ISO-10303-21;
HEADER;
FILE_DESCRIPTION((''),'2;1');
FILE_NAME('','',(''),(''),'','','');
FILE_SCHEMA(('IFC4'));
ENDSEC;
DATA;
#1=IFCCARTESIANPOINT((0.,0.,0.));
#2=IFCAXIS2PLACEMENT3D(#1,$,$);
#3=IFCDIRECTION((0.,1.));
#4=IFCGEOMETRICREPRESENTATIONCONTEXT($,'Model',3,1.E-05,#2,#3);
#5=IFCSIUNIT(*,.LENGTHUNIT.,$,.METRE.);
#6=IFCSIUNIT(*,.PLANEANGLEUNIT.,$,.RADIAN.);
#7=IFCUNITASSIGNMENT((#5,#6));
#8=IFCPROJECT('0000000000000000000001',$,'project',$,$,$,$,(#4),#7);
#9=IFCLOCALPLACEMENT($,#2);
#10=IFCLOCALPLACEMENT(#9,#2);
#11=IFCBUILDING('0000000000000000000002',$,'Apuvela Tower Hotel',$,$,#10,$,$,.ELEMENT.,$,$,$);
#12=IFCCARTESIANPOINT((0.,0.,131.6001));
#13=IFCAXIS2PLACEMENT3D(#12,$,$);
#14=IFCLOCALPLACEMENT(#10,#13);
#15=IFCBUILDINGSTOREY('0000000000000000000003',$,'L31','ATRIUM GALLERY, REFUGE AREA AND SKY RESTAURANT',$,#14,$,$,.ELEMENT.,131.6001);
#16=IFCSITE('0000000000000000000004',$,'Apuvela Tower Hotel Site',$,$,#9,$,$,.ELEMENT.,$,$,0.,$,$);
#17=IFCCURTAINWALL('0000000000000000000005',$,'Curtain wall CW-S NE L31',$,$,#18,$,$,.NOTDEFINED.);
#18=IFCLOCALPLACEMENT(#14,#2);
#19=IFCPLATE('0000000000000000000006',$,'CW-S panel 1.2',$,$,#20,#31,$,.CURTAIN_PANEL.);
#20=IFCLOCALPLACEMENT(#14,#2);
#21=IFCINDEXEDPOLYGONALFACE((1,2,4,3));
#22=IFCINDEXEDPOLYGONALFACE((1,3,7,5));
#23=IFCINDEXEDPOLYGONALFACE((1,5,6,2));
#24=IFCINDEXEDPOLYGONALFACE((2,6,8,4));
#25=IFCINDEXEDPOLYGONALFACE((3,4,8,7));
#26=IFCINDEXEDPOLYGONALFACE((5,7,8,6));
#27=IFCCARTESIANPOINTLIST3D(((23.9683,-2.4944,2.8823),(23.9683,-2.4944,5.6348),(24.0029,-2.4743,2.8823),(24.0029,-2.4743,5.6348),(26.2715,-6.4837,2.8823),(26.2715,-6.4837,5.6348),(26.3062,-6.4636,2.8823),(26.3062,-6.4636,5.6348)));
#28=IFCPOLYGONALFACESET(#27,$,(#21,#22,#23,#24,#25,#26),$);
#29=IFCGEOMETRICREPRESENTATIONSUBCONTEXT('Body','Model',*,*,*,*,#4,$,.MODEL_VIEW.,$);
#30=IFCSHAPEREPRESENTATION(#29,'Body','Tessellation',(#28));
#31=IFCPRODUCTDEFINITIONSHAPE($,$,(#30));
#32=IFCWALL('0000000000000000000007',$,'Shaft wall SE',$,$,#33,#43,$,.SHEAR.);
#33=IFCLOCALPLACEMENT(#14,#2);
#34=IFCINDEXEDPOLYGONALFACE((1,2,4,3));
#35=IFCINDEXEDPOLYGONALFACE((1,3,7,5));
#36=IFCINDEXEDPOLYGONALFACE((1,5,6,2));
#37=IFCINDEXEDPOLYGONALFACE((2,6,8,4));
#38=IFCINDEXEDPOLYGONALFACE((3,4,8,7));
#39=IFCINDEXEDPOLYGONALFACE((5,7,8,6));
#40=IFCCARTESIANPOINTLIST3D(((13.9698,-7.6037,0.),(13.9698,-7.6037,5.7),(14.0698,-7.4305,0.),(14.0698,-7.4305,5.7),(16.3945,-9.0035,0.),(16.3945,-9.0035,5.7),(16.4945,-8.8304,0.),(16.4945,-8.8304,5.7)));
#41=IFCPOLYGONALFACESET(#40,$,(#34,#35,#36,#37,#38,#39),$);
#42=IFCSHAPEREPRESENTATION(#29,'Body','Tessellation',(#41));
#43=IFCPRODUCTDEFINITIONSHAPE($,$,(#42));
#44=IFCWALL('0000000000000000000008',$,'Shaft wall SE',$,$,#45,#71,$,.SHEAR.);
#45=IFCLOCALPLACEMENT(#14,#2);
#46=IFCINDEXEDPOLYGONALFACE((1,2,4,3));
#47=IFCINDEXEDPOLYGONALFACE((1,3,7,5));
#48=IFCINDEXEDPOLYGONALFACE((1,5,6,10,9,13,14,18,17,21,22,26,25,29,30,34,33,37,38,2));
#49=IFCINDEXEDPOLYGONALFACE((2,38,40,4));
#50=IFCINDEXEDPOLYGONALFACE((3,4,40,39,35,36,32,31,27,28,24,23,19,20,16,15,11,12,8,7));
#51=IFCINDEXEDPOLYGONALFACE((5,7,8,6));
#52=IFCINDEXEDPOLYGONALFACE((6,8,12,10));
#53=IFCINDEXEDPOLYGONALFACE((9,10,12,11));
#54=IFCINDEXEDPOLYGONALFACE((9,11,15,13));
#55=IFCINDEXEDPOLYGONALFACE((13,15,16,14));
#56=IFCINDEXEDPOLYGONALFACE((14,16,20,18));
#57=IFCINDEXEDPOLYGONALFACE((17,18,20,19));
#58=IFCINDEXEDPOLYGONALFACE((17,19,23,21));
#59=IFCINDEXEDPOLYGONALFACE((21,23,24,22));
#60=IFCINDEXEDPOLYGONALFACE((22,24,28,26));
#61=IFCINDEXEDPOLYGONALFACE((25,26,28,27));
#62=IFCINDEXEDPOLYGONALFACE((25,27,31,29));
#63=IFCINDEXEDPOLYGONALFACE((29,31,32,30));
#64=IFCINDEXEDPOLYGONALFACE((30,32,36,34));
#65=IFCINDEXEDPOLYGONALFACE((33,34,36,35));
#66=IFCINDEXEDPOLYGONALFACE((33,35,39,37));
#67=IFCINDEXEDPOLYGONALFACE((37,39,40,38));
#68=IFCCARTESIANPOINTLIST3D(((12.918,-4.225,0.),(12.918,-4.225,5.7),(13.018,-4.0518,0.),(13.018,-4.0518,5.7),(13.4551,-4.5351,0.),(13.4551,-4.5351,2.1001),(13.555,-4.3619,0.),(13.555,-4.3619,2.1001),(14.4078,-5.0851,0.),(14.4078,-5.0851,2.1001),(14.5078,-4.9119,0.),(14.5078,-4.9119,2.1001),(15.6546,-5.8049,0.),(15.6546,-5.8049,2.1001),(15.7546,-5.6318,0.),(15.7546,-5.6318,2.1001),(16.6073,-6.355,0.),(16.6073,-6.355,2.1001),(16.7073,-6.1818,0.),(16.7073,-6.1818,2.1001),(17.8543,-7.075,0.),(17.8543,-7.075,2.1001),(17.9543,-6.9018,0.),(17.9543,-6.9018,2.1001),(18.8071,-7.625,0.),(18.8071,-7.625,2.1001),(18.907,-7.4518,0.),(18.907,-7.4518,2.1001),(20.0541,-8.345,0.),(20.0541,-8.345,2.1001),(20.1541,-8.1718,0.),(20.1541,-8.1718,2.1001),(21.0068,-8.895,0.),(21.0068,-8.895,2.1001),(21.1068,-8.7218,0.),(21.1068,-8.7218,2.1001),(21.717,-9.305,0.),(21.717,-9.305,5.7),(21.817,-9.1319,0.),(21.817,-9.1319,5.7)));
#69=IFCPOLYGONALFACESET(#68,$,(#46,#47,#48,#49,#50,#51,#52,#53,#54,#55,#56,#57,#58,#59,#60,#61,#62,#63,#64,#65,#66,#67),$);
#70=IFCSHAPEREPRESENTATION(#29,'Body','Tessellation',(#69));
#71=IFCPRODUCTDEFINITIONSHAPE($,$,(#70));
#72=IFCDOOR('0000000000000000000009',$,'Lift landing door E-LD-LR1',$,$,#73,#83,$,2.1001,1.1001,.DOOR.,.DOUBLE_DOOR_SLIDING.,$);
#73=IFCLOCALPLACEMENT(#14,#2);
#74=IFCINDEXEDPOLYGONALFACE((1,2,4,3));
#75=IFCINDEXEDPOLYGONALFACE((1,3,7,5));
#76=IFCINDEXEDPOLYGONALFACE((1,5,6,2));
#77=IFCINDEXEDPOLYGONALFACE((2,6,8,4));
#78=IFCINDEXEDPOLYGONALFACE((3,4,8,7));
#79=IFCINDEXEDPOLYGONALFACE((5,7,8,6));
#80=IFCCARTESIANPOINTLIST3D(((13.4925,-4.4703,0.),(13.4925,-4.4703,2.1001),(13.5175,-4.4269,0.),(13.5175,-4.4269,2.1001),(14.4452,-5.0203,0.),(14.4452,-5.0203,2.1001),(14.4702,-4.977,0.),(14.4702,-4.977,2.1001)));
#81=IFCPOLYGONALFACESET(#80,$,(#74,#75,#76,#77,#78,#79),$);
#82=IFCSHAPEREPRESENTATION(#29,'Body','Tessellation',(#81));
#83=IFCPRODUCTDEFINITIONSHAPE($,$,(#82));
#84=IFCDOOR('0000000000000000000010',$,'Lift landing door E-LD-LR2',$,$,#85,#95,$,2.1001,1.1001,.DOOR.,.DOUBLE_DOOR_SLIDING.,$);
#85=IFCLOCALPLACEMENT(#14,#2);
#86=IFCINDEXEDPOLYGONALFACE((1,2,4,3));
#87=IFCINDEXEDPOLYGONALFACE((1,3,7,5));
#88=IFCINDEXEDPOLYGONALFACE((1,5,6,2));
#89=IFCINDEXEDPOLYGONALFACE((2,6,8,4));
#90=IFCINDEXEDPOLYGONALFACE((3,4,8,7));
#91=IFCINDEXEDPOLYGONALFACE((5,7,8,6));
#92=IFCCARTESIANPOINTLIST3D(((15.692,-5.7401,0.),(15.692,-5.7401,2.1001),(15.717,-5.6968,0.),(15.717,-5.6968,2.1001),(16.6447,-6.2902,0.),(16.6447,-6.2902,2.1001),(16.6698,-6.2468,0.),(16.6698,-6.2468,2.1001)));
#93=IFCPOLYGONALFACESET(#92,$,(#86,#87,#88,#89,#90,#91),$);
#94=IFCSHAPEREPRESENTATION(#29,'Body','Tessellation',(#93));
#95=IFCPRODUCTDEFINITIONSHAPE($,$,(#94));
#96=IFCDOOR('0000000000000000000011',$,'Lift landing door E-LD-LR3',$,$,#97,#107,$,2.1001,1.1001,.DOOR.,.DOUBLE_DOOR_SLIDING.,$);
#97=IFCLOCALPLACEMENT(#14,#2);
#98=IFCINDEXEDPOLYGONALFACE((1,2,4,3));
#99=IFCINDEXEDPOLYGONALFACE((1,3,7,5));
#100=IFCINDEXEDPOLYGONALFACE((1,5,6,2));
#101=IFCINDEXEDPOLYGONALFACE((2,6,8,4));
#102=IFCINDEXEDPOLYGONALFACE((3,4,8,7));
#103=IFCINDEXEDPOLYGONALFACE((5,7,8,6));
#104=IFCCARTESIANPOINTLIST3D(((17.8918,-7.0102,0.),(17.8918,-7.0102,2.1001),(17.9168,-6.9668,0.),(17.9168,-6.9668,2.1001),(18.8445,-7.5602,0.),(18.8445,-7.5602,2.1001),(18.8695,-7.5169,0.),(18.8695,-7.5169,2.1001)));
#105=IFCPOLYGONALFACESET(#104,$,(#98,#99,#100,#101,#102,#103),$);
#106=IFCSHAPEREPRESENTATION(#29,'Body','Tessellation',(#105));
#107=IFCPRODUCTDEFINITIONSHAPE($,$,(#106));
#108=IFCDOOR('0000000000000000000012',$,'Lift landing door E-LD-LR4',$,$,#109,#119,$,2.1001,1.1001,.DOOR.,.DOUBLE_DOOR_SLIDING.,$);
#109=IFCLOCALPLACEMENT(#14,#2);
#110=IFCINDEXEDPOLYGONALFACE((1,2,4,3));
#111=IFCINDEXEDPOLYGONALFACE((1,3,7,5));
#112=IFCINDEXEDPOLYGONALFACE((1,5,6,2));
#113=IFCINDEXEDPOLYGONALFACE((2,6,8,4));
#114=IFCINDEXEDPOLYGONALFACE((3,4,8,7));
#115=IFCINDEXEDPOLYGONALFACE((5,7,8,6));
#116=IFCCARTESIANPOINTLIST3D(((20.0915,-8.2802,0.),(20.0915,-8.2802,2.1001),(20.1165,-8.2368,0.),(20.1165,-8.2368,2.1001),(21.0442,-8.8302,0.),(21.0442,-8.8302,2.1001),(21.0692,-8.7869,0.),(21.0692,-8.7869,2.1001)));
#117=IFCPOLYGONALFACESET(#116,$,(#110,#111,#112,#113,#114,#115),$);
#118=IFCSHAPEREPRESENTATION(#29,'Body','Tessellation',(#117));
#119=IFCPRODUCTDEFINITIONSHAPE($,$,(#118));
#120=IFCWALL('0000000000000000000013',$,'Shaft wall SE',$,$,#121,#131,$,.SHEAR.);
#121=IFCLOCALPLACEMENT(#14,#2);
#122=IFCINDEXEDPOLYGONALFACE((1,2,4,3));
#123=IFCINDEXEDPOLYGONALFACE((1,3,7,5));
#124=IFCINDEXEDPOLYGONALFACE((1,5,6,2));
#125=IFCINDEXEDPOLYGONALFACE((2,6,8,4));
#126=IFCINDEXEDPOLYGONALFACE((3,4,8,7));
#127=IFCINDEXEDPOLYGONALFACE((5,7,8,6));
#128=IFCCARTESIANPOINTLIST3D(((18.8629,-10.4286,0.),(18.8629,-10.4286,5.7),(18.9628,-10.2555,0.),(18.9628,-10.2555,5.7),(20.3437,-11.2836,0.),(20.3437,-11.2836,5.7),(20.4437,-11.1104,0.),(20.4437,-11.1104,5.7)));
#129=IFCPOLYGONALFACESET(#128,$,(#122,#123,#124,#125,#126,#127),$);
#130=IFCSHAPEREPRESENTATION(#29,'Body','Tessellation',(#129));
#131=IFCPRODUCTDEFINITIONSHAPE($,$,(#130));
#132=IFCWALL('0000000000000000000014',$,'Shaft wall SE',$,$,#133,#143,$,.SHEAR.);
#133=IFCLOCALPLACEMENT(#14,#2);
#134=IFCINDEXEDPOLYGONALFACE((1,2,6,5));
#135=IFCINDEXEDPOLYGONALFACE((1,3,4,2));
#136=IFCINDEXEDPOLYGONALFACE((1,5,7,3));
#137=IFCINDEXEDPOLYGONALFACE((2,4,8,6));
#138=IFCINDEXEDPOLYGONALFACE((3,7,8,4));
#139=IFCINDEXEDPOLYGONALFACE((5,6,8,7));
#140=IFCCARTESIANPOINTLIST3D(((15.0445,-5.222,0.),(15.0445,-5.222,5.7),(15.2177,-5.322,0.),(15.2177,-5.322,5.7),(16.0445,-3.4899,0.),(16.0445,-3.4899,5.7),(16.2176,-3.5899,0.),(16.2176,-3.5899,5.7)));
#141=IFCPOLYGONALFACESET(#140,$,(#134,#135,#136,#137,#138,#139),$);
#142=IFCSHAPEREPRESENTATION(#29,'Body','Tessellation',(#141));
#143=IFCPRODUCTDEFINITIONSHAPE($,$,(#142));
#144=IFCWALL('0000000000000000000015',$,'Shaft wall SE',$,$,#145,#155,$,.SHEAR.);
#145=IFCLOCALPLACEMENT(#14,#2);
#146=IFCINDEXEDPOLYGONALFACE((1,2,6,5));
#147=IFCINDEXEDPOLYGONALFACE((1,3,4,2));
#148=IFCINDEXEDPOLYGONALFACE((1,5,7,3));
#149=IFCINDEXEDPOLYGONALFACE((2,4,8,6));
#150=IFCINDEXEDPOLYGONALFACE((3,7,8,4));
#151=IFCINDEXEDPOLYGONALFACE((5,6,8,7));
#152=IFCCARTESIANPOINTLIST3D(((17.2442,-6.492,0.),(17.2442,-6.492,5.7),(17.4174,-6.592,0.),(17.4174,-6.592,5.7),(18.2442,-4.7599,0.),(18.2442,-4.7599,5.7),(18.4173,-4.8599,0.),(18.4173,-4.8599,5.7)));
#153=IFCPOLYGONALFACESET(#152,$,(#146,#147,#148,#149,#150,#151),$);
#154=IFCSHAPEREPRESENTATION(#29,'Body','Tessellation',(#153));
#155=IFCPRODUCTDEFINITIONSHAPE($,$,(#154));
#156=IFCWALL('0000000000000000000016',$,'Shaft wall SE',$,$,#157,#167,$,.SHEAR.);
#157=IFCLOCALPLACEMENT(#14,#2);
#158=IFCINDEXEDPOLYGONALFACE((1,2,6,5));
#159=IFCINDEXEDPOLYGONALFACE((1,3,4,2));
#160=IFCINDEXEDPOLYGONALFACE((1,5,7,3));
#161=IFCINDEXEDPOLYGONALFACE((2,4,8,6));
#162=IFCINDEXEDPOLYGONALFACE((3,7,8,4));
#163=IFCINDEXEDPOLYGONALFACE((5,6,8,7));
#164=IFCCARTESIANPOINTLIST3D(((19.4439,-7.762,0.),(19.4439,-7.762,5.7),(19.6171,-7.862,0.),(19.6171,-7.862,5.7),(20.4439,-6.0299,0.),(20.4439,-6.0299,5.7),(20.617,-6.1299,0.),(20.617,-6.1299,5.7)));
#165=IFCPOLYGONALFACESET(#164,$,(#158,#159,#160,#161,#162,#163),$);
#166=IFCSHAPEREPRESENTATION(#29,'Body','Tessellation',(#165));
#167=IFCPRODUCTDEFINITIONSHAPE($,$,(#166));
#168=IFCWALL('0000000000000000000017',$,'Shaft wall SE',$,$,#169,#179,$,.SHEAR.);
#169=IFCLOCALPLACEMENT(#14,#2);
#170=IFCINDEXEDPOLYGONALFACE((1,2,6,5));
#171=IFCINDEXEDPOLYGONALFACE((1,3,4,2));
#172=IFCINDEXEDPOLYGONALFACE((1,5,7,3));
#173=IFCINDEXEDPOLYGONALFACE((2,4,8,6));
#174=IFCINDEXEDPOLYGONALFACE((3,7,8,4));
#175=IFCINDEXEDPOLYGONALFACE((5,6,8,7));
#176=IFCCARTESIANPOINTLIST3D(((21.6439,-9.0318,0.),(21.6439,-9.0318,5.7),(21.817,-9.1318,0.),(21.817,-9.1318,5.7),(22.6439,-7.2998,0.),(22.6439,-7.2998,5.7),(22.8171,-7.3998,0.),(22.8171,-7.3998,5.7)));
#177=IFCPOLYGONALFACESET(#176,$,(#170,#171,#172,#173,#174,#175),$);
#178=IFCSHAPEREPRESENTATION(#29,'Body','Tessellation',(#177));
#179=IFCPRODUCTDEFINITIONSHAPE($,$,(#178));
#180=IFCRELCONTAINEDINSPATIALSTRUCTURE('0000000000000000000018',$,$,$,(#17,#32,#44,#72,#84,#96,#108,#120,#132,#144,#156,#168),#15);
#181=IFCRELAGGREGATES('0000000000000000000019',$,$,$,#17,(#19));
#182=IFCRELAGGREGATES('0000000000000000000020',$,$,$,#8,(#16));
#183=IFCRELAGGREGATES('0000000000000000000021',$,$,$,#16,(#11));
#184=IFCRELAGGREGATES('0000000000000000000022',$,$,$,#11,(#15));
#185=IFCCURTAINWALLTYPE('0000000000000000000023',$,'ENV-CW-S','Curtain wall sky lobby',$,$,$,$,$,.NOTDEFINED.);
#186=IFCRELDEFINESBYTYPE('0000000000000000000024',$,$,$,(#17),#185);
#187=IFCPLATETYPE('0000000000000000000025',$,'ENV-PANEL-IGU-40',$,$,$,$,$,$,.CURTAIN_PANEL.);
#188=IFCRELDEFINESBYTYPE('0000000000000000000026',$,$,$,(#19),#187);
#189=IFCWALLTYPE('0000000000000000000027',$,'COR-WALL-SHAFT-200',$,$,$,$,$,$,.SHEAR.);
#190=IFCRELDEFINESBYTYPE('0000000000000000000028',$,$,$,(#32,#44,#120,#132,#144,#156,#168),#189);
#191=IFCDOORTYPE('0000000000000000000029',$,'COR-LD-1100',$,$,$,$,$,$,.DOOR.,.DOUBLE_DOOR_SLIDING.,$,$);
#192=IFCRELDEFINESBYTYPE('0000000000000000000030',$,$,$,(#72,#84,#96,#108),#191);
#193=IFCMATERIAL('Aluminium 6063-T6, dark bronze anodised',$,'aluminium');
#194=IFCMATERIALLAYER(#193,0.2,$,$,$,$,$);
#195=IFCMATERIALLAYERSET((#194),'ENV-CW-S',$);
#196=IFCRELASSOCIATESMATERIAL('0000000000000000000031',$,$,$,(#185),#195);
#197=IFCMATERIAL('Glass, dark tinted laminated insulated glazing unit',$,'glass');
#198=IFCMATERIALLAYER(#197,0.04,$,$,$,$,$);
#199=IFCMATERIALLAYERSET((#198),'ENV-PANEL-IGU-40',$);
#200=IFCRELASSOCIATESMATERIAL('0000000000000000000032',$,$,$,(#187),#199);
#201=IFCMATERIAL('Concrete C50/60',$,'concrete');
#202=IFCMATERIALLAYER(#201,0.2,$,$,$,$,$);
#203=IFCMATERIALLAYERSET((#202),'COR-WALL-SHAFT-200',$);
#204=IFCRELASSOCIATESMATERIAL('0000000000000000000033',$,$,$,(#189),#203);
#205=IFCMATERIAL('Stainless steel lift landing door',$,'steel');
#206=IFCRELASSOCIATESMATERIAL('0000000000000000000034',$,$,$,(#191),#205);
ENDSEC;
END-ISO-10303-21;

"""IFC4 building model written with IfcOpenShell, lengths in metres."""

from ifc_helpers import new_model, si_unit, direction, frame, frame_2d, origin, origin_2d, place, context, subcontext, project, spatial, rectangle, extrude, material, layer, layer_set, type_object, element, fill, aggregate, save


model = new_model("IFC4")

# Units and contexts
model_context = context("Model", 3, precision=1e-05, world=origin(), true_north=direction((0.0, 1.0)))
body_context = subcontext(model_context, "Body", "Model", "MODEL_VIEW")
ifc_project = project(units=[si_unit("LENGTHUNIT", "METRE"), si_unit("PLANEANGLEUNIT", "RADIAN")], contexts=[model_context])

# Site, building, storey
site_placement = place(None, origin())
site = spatial("IfcSite", under=ifc_project, at=site_placement, Name="Apuvela Tower Hotel Site", CompositionType="ELEMENT", RefElevation=0.0)
building_placement = place(site_placement, origin())
building = spatial("IfcBuilding", under=site, at=building_placement, Name="Apuvela Tower Hotel", CompositionType="ELEMENT")
storey_placement = place(building_placement, frame((0.0, 0.0, 131.6001)))
storey = spatial("IfcBuildingStorey", under=building, at=storey_placement, Name="L31", Description="ATRIUM GALLERY, REFUGE AREA AND SKY RESTAURANT", CompositionType="ELEMENT", Elevation=131.6001)

# Curtain wall
ifc_material_1 = material(Name="Aluminium 6063-T6, dark bronze anodised", Category="aluminium")
ifc_layer_1 = layer(ifc_material_1, 0.2)
ifc_layer_set_1 = layer_set([ifc_layer_1], Name="ENV-CW-S")
curtain_wall_type = type_object("IfcCurtainWallType", Name="ENV-CW-S", Description="Curtain wall sky lobby", PredefinedType="NOTDEFINED", material=ifc_layer_set_1)
curtain_wall_placement = place(storey_placement, origin())
curtain_wall = element("IfcCurtainWall", 1, at=curtain_wall_placement, inside=storey, type_object=curtain_wall_type, Name="Curtain wall CW-S NE L31", PredefinedType="NOTDEFINED")

# Plate
ifc_material_2 = material(Name="Glass, dark tinted laminated insulated glazing unit", Category="glass")
ifc_layer_2 = layer(ifc_material_2, 0.04)
ifc_layer_set_2 = layer_set([ifc_layer_2], Name="ENV-PANEL-IGU-40")
plate_type = type_object("IfcPlateType", Name="ENV-PANEL-IGU-40", PredefinedType="CURTAIN_PANEL", material=ifc_layer_set_2)
plate_1_placement = place(storey_placement, frame((25.1372, -4.479, 2.8823), z_axis=(0.0, 0.0, 1.0), x_axis=(-0.499999, 0.866026, 0.0)))
plate_1 = element("IfcPlate", 2, at=plate_1_placement, type_object=plate_type, Name="CW-S panel 1.2", PredefinedType="CURTAIN_PANEL", context=body_context, shape_type="SweptSolid", body=[
    extrude(rectangle(XDim=4.6064, YDim=0.04, at=origin_2d()), origin(), (0.0, 0.0, 1.0), 2.7524),
])
aggregate(curtain_wall, [plate_1])

# Wall
ifc_material_3 = material(Name="Concrete C50/60", Category="concrete")
ifc_layer_3 = layer(ifc_material_3, 0.2)
ifc_layer_set_3 = layer_set([ifc_layer_3], Name="COR-WALL-SHAFT-200")
wall_type_1 = type_object("IfcWallType", Name="COR-WALL-SHAFT-200", PredefinedType="SHEAR", material=ifc_layer_set_3)
wall_1_placement = place(storey_placement, frame((14.0198, -7.5171, 0.0), z_axis=(0.0, 0.0, 1.0), x_axis=(0.866035, -0.499984, 0.0)))
element("IfcWall", 3, at=wall_1_placement, inside=storey, type_object=wall_type_1, Name="Shaft wall SE", PredefinedType="SHEAR", context=body_context, shape_type="SweptSolid", body=[
    extrude(rectangle(XDim=2.7998, YDim=0.2, at=frame_2d((1.3999, 0.0))), origin(), (0.0, 0.0, 1.0), 5.7),
])

# Wall, openings, doors
wall_2_placement = place(storey_placement, frame((12.968, -4.1384, 0.0), z_axis=(0.0, 0.0, 1.0), x_axis=(0.866028, -0.499995, 0.0)))
wall_2 = element("IfcWall", 4, at=wall_2_placement, inside=storey, type_object=wall_type_1, Name="Shaft wall SE", PredefinedType="SHEAR", context=body_context, shape_type="SweptSolid", body=[
    extrude(rectangle(XDim=10.1602, YDim=0.2, at=frame_2d((5.0801, 0.0))), origin(), (0.0, 0.0, 1.0), 5.7),
])
opening_1_placement = place(wall_2_placement, frame((0.6201, 0.0, 0.0)))
opening_1 = element("IfcOpeningElement", 5, at=opening_1_placement, cuts=wall_2, PredefinedType="OPENING", context=body_context, shape_type="SweptSolid", body=[
    extrude(rectangle(XDim=1.1001, YDim=2.1001, at=frame_2d((0.55, 1.05))), frame((0.0, 0.1099, 0.0), z_axis=(0.0, -1.0, 0.0), x_axis=(1.0, 0.0, 0.0)), (0.0, 0.0, 1.0), 0.22),
])
opening_2_placement = place(wall_2_placement, frame((3.1599, 0.0, 0.0)))
opening_2 = element("IfcOpeningElement", 6, at=opening_2_placement, cuts=wall_2, PredefinedType="OPENING", context=body_context, shape_type="SweptSolid", body=[
    extrude(rectangle(XDim=1.1001, YDim=2.1001, at=frame_2d((0.55, 1.05))), frame((0.0, 0.1099, 0.0), z_axis=(0.0, -1.0, 0.0), x_axis=(1.0, 0.0, 0.0)), (0.0, 0.0, 1.0), 0.22),
])
opening_3_placement = place(wall_2_placement, frame((5.7, 0.0, 0.0)))
opening_3 = element("IfcOpeningElement", 7, at=opening_3_placement, cuts=wall_2, PredefinedType="OPENING", context=body_context, shape_type="SweptSolid", body=[
    extrude(rectangle(XDim=1.1001, YDim=2.1001, at=frame_2d((0.55, 1.05))), frame((0.0, 0.1099, 0.0), z_axis=(0.0, -1.0, 0.0), x_axis=(1.0, 0.0, 0.0)), (0.0, 0.0, 1.0), 0.22),
])
opening_4_placement = place(wall_2_placement, frame((8.24, 0.0, 0.0)))
opening_4 = element("IfcOpeningElement", 8, at=opening_4_placement, cuts=wall_2, PredefinedType="OPENING", context=body_context, shape_type="SweptSolid", body=[
    extrude(rectangle(XDim=1.1001, YDim=2.1001, at=frame_2d((0.55, 1.05))), frame((0.0, 0.1099, 0.0), z_axis=(0.0, -1.0, 0.0), x_axis=(1.0, 0.0, 0.0)), (0.0, 0.0, 1.0), 0.22),
])
ifc_material_4 = material(Name="Stainless steel lift landing door", Category="steel")
door_type = type_object("IfcDoorType", Name="COR-LD-1100", OperationType="DOUBLE_DOOR_SLIDING", PredefinedType="DOOR", material=ifc_material_4)
door_1_placement = place(opening_1_placement, origin())
door_1 = element("IfcDoor", 9, at=door_1_placement, inside=storey, type_object=door_type, Name="Lift landing door E-LD-LR1", OperationType="DOUBLE_DOOR_SLIDING", OverallHeight=2.1001, OverallWidth=1.1001, PredefinedType="DOOR", context=body_context, shape_type="SweptSolid", body=[
    extrude(rectangle(XDim=1.1001, YDim=2.1001, at=frame_2d((0.55, 1.05))), frame((0.0, 0.0249, 0.0), z_axis=(0.0, -1.0, 0.0), x_axis=(1.0, 0.0, 0.0)), (0.0, 0.0, 1.0), 0.05),
])
fill(opening_1, door_1)
door_2_placement = place(opening_2_placement, origin())
door_2 = element("IfcDoor", 10, at=door_2_placement, inside=storey, type_object=door_type, Name="Lift landing door E-LD-LR2", OperationType="DOUBLE_DOOR_SLIDING", OverallHeight=2.1001, OverallWidth=1.1001, PredefinedType="DOOR", context=body_context, shape_type="SweptSolid", body=[
    extrude(rectangle(XDim=1.1001, YDim=2.1001, at=frame_2d((0.55, 1.05))), frame((0.0, 0.0249, 0.0), z_axis=(0.0, -1.0, 0.0), x_axis=(1.0, 0.0, 0.0)), (0.0, 0.0, 1.0), 0.05),
])
fill(opening_2, door_2)
door_3_placement = place(opening_3_placement, origin())
door_3 = element("IfcDoor", 11, at=door_3_placement, inside=storey, type_object=door_type, Name="Lift landing door E-LD-LR3", OperationType="DOUBLE_DOOR_SLIDING", OverallHeight=2.1001, OverallWidth=1.1001, PredefinedType="DOOR", context=body_context, shape_type="SweptSolid", body=[
    extrude(rectangle(XDim=1.1001, YDim=2.1001, at=frame_2d((0.55, 1.05))), frame((0.0, 0.0249, 0.0), z_axis=(0.0, -1.0, 0.0), x_axis=(1.0, 0.0, 0.0)), (0.0, 0.0, 1.0), 0.05),
])
fill(opening_3, door_3)
door_4_placement = place(opening_4_placement, origin())
door_4 = element("IfcDoor", 12, at=door_4_placement, inside=storey, type_object=door_type, Name="Lift landing door E-LD-LR4", OperationType="DOUBLE_DOOR_SLIDING", OverallHeight=2.1001, OverallWidth=1.1001, PredefinedType="DOOR", context=body_context, shape_type="SweptSolid", body=[
    extrude(rectangle(XDim=1.1001, YDim=2.1001, at=frame_2d((0.55, 1.05))), frame((0.0, 0.0249, 0.0), z_axis=(0.0, -1.0, 0.0), x_axis=(1.0, 0.0, 0.0)), (0.0, 0.0, 1.0), 0.05),
])
fill(opening_4, door_4)

# Walls
wall_3_placement = place(storey_placement, frame((18.9128, -10.342, 0.0), z_axis=(0.0, 0.0, 1.0), x_axis=(0.866038, -0.499978, 0.0)))
element("IfcWall", 13, at=wall_3_placement, inside=storey, type_object=wall_type_1, Name="Shaft wall SE", PredefinedType="SHEAR", context=body_context, shape_type="SweptSolid", body=[
    extrude(rectangle(XDim=1.71, YDim=0.2, at=frame_2d((0.855, 0.0))), origin(), (0.0, 0.0, 1.0), 5.7),
])
for number, where, z_axis, x_axis, name in (
    (14, (15.1311, -5.272, 0.0), (0.0, 0.0, 1.0), (0.499973, 0.866041, 0.0), "Shaft wall SE"),
    (15, (17.3308, -6.542, 0.0), (0.0, 0.0, 1.0), (0.499973, 0.866041, 0.0), "Shaft wall SE"),
    (16, (19.5305, -7.812, 0.0), (0.0, 0.0, 1.0), (0.499973, 0.866041, 0.0), "Shaft wall SE"),
    (17, (21.7305, -9.0818, 0.0), (0.0, 0.0, 1.0), (0.500025, 0.866011, 0.0), "Shaft wall SE"),
):
    element("IfcWall", number, at=place(storey_placement, frame(where, z_axis=z_axis, x_axis=x_axis)), inside=storey, type_object=wall_type_1, Name=name, PredefinedType="SHEAR", context=body_context, shape_type="SweptSolid", body=[
        extrude(rectangle(XDim=2.0, YDim=0.2, at=frame_2d((1.0, 0.0))), origin(), (0.0, 0.0, 1.0), 5.7),
    ])

save(model, "model.ifc")
